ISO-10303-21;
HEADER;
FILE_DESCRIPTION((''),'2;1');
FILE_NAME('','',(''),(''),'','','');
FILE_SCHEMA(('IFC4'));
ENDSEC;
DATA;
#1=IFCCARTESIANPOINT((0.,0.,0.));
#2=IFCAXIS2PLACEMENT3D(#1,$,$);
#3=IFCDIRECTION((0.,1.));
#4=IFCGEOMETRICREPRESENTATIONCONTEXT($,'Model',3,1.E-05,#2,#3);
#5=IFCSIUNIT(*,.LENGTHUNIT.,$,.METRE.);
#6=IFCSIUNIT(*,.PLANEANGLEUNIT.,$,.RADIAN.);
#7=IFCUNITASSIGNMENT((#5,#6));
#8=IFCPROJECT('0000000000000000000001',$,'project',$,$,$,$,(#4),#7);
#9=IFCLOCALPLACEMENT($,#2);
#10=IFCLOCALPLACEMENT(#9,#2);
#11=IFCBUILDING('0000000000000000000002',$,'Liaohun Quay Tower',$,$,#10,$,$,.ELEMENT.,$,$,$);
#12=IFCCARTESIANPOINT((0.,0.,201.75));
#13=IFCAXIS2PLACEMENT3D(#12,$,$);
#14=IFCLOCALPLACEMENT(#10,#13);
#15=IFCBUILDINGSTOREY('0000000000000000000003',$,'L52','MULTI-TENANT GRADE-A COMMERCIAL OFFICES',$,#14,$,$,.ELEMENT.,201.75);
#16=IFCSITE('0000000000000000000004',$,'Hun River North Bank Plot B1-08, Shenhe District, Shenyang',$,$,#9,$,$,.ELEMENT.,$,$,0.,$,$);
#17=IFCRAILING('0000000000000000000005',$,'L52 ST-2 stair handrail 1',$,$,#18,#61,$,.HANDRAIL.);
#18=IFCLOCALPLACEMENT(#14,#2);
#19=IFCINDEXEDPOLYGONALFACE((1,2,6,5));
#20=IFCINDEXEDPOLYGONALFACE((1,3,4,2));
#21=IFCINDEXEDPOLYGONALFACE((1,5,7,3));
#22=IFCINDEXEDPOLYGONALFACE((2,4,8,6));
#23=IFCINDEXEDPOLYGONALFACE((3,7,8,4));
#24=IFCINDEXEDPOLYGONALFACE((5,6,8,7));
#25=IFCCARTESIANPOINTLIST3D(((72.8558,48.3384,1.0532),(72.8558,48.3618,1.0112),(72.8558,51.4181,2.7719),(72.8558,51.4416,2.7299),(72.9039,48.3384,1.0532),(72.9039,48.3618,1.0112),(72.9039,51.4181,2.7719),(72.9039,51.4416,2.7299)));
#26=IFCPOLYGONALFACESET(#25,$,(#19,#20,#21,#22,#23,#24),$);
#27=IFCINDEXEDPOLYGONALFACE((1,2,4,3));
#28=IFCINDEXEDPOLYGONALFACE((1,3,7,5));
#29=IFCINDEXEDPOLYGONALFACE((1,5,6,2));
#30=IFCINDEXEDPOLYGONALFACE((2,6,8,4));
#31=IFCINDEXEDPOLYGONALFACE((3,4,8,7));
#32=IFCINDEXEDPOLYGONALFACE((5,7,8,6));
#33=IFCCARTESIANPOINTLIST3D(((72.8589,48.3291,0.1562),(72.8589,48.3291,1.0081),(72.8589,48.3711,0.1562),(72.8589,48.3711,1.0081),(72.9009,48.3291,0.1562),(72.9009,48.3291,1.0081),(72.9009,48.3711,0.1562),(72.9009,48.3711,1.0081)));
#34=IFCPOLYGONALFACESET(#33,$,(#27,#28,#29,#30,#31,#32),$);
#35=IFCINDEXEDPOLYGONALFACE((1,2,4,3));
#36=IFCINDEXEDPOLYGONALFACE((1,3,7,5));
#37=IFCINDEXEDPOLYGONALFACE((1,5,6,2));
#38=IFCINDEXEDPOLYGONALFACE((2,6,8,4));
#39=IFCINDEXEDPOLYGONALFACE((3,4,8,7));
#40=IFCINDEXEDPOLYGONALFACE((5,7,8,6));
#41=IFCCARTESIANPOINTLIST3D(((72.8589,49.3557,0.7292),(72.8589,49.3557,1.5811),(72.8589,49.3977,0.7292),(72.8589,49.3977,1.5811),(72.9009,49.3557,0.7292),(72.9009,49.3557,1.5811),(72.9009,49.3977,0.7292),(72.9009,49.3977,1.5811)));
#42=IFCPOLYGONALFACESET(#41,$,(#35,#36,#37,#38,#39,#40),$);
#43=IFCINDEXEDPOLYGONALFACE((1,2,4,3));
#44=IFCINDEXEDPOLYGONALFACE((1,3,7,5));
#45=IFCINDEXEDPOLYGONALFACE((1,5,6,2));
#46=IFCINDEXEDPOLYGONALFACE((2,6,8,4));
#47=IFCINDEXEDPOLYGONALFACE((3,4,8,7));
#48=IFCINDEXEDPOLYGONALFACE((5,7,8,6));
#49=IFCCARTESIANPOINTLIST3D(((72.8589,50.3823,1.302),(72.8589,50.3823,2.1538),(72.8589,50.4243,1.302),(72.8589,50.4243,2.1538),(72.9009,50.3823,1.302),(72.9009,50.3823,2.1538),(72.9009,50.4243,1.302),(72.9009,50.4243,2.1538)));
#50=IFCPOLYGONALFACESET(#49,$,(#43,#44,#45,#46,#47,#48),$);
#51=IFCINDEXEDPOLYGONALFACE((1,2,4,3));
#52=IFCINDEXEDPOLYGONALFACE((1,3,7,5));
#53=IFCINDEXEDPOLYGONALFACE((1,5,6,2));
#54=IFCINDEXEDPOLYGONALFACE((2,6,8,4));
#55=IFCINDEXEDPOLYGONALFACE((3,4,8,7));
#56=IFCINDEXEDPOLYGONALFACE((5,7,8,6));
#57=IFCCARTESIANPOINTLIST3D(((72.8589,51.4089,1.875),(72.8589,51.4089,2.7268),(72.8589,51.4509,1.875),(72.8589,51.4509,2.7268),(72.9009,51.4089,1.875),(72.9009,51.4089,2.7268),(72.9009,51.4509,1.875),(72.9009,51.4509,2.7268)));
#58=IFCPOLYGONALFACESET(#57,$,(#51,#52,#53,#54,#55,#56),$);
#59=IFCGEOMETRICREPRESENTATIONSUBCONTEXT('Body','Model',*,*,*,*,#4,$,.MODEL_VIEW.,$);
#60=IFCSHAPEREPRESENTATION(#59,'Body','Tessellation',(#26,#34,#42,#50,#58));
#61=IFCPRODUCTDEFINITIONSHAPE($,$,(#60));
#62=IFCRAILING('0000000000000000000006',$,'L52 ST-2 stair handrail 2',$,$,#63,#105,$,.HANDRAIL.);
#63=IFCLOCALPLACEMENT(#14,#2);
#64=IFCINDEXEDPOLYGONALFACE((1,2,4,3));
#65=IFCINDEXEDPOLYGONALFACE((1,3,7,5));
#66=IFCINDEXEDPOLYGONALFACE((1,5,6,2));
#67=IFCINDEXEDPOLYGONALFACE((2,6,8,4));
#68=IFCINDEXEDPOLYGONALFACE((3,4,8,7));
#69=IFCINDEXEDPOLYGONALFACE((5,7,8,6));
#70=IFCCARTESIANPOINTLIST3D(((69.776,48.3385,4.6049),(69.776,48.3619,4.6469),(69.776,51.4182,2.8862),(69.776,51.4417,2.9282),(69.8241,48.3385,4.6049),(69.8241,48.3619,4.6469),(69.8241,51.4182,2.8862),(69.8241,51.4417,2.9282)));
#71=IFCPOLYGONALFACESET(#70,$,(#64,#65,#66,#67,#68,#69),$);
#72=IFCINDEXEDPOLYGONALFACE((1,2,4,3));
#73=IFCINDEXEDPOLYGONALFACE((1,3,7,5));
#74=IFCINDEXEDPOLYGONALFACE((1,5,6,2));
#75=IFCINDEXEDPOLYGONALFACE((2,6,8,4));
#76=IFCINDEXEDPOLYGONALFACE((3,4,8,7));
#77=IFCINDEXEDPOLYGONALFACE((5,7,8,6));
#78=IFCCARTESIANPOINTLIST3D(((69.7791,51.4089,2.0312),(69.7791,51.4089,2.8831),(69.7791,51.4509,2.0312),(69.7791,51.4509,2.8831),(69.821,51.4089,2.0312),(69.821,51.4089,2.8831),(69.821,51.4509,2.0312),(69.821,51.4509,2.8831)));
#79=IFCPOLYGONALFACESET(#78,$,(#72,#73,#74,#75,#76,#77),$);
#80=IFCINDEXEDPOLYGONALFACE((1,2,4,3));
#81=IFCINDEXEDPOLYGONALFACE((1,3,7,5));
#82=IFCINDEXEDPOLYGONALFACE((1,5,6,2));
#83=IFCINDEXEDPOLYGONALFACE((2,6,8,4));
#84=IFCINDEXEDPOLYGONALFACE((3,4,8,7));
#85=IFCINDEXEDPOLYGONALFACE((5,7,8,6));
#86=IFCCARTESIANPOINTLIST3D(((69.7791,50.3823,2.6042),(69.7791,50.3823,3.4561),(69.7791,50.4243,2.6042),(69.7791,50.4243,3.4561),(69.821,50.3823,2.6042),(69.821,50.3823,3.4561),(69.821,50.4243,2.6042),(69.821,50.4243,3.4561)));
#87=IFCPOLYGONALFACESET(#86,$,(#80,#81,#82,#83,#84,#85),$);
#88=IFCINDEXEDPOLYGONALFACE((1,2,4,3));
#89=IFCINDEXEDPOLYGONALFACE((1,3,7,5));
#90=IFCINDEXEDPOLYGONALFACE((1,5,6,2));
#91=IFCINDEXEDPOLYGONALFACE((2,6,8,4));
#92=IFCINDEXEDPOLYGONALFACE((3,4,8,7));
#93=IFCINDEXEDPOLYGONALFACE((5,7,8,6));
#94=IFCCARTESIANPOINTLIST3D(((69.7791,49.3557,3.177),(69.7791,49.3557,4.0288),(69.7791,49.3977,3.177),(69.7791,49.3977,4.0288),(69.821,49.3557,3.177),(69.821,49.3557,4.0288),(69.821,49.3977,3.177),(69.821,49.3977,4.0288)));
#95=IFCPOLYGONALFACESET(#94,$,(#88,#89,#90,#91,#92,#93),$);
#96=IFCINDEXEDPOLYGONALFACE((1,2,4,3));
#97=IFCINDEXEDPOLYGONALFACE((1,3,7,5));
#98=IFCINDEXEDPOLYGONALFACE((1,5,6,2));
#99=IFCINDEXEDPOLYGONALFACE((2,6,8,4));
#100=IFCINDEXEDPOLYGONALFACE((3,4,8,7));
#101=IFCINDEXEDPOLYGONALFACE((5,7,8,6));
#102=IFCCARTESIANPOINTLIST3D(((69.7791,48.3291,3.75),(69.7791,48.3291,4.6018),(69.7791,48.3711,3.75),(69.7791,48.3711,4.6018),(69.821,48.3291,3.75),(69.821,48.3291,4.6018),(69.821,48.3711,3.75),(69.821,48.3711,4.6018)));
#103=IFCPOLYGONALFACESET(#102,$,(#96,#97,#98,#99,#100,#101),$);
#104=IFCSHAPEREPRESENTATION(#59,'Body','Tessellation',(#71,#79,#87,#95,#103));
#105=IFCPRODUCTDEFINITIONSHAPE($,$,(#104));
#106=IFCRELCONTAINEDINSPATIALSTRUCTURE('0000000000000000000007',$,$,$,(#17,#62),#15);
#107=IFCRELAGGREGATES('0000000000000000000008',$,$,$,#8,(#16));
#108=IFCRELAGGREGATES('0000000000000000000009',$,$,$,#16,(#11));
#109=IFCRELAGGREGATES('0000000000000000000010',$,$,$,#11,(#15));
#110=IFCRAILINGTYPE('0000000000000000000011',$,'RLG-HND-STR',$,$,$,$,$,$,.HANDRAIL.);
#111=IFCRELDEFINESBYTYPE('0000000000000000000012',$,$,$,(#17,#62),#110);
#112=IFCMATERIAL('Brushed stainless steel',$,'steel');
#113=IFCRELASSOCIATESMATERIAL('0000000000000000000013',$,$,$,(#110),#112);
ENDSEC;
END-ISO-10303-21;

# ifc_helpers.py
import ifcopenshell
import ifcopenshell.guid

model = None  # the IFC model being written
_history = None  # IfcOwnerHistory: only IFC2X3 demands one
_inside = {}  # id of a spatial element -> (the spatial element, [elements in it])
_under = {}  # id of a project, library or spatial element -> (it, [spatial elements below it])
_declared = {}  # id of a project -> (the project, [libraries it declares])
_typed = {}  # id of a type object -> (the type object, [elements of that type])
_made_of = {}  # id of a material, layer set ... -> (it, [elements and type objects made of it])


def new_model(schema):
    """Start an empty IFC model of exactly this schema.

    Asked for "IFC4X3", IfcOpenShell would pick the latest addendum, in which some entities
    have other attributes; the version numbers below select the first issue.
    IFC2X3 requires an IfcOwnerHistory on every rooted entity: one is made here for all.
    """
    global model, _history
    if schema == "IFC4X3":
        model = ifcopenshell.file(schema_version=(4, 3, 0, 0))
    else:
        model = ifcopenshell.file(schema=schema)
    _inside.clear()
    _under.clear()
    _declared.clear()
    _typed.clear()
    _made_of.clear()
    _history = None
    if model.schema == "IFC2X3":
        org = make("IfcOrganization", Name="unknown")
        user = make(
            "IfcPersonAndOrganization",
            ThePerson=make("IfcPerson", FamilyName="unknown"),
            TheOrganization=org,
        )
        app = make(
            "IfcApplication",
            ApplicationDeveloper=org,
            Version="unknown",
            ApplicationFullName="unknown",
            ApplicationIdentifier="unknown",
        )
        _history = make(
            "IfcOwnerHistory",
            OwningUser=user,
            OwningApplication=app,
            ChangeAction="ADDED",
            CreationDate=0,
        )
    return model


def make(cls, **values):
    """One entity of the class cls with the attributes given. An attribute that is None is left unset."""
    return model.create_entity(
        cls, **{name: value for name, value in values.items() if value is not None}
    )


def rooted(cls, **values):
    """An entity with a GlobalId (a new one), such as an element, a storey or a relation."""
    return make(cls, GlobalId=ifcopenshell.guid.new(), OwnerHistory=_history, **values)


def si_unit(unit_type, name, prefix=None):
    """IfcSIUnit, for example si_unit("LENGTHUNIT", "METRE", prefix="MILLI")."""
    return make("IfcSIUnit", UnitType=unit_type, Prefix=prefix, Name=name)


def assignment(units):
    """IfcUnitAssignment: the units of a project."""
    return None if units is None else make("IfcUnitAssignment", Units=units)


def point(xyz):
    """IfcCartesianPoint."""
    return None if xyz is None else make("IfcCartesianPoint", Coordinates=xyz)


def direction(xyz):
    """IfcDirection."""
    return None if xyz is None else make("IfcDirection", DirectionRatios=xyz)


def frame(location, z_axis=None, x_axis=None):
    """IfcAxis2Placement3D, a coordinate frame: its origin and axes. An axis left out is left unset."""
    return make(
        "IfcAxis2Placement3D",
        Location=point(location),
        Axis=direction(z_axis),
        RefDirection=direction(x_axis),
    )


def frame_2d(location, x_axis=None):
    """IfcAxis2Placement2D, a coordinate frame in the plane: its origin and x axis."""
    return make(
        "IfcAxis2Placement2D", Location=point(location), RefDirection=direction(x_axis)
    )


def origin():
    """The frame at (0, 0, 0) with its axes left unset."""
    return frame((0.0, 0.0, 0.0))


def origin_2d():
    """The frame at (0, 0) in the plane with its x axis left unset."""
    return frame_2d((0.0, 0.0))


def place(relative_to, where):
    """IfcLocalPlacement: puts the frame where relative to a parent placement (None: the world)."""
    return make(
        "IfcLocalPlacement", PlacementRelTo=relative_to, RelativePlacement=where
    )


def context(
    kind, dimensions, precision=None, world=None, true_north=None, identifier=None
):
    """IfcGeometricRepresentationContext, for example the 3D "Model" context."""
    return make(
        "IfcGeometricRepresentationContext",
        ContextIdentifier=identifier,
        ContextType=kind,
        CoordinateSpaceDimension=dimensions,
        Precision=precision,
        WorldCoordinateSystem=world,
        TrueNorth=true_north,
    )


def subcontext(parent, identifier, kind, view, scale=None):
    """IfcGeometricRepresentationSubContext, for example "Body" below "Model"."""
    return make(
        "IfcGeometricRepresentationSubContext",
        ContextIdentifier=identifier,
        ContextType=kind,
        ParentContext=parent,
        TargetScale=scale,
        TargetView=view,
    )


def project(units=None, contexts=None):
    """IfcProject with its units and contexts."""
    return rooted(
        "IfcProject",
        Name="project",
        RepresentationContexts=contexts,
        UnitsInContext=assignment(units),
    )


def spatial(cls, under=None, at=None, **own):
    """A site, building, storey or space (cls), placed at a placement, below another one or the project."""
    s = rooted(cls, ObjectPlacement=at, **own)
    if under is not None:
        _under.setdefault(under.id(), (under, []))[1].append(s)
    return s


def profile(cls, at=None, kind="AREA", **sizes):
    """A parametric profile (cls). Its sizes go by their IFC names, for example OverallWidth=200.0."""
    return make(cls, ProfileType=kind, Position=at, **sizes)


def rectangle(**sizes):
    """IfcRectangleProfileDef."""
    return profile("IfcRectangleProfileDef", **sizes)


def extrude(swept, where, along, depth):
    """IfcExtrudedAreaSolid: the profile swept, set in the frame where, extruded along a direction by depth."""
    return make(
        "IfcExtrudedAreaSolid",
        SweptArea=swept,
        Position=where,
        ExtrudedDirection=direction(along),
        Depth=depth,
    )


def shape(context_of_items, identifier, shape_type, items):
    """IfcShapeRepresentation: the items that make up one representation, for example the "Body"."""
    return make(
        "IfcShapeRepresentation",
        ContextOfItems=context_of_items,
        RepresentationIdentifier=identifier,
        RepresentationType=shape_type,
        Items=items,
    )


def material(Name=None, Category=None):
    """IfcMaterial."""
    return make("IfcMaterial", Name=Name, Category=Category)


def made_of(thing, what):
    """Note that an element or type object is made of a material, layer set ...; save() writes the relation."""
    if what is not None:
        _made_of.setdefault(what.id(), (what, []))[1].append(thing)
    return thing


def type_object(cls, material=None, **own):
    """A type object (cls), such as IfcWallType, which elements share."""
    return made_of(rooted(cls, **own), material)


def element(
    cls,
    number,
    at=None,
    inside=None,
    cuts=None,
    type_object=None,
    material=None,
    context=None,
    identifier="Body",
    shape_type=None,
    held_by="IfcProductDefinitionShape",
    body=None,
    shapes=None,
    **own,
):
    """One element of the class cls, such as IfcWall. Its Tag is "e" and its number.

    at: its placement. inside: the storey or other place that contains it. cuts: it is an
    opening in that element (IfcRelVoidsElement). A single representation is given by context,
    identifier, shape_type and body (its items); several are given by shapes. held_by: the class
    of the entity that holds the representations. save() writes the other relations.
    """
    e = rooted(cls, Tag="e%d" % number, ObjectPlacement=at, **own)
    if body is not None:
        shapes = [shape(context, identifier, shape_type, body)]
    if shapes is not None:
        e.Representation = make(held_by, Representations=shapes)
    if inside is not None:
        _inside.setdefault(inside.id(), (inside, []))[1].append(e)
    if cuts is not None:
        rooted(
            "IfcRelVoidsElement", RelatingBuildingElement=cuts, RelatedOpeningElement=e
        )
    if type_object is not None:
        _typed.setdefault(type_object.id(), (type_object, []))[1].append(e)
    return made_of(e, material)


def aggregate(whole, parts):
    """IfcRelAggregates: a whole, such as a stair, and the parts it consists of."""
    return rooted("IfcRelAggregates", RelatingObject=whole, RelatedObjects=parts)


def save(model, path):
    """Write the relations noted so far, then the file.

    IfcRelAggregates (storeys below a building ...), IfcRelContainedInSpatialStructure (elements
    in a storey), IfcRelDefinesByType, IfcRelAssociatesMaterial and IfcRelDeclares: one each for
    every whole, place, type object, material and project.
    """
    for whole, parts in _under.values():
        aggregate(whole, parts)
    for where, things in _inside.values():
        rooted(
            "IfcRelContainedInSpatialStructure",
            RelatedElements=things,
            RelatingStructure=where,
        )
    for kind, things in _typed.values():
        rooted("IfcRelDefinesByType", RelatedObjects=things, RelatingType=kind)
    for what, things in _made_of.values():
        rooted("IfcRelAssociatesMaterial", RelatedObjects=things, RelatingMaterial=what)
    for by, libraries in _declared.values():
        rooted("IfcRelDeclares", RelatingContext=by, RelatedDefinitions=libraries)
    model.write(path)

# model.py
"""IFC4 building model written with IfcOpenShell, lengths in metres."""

from ifc_helpers import new_model, si_unit, direction, frame, origin, origin_2d, place, context, subcontext, project, spatial, rectangle, extrude, material, type_object, element, save


model = new_model("IFC4")

# Units and contexts
model_context = context("Model", 3, precision=1e-05, world=origin(), true_north=direction((0.0, 1.0)))
body_context = subcontext(model_context, "Body", "Model", "MODEL_VIEW")
ifc_project = project(units=[si_unit("LENGTHUNIT", "METRE"), si_unit("PLANEANGLEUNIT", "RADIAN")], contexts=[model_context])

# Site, building, storey
site_placement = place(None, origin())
site = spatial("IfcSite", under=ifc_project, at=site_placement, Name="Hun River North Bank Plot B1-08, Shenhe District, Shenyang", CompositionType="ELEMENT", RefElevation=0.0)
building_placement = place(site_placement, origin())
building = spatial("IfcBuilding", under=site, at=building_placement, Name="Liaohun Quay Tower", CompositionType="ELEMENT")
storey_placement = place(building_placement, frame((0.0, 0.0, 201.75)))
storey = spatial("IfcBuildingStorey", under=building, at=storey_placement, Name="L52", Description="MULTI-TENANT GRADE-A COMMERCIAL OFFICES", CompositionType="ELEMENT", Elevation=201.75)

# Railings
ifc_material_1 = material(Name="Brushed stainless steel", Category="steel")
railing_type_1 = type_object("IfcRailingType", Name="RLG-HND-STR", PredefinedType="HANDRAIL", material=ifc_material_1)
railing_1_placement = place(storey_placement, frame((72.8799, 48.3501, 0.1562)))
element("IfcRailing", 1, at=railing_1_placement, inside=storey, type_object=railing_type_1, Name="L52 ST-2 stair handrail 1", PredefinedType="HANDRAIL", context=body_context, shape_type="SweptSolid", body=[
    extrude(rectangle(XDim=0.0481, YDim=0.0481, at=origin_2d()), frame((0.0, 0.0, 0.876), z_axis=(0.0, 0.873225, 0.487317), x_axis=(-1.0, 0.0, 0.0)), (0.0, 0.0, 1.0), 3.5269),
    extrude(rectangle(XDim=0.042, YDim=0.042, at=origin_2d()), origin(), (0.0, 0.0, 1.0), 0.8518),
    extrude(rectangle(XDim=0.042, YDim=0.042, at=origin_2d()), frame((0.0, 1.0266, 0.573)), (0.0, 0.0, 1.0), 0.8518),
    extrude(rectangle(XDim=0.042, YDim=0.042, at=origin_2d()), frame((0.0, 2.0532, 1.1458)), (0.0, 0.0, 1.0), 0.8518),
    extrude(rectangle(XDim=0.042, YDim=0.042, at=origin_2d()), frame((0.0, 3.0798, 1.7188)), (0.0, 0.0, 1.0), 0.8518),
])
railing_2_placement = place(storey_placement, frame((69.8, 51.4299, 2.0312)))
element("IfcRailing", 2, at=railing_2_placement, inside=storey, type_object=railing_type_1, Name="L52 ST-2 stair handrail 2", PredefinedType="HANDRAIL", context=body_context, shape_type="SweptSolid", body=[
    extrude(rectangle(XDim=0.0481, YDim=0.0481, at=origin_2d()), frame((0.0, 0.0, 0.876), z_axis=(0.0, -0.873225, 0.487317), x_axis=(1.0, 0.0, 0.0)), (0.0, 0.0, 1.0), 3.5269),
    extrude(rectangle(XDim=0.042, YDim=0.042, at=origin_2d()), origin(), (0.0, 0.0, 1.0), 0.8518),
    extrude(rectangle(XDim=0.042, YDim=0.042, at=origin_2d()), frame((0.0, -1.0266, 0.573)), (0.0, 0.0, 1.0), 0.8518),
    extrude(rectangle(XDim=0.042, YDim=0.042, at=origin_2d()), frame((0.0, -2.0532, 1.1458)), (0.0, 0.0, 1.0), 0.8518),
    extrude(rectangle(XDim=0.042, YDim=0.042, at=origin_2d()), frame((0.0, -3.0798, 1.7188)), (0.0, 0.0, 1.0), 0.8518),
])

save(model, "model.ifc")
